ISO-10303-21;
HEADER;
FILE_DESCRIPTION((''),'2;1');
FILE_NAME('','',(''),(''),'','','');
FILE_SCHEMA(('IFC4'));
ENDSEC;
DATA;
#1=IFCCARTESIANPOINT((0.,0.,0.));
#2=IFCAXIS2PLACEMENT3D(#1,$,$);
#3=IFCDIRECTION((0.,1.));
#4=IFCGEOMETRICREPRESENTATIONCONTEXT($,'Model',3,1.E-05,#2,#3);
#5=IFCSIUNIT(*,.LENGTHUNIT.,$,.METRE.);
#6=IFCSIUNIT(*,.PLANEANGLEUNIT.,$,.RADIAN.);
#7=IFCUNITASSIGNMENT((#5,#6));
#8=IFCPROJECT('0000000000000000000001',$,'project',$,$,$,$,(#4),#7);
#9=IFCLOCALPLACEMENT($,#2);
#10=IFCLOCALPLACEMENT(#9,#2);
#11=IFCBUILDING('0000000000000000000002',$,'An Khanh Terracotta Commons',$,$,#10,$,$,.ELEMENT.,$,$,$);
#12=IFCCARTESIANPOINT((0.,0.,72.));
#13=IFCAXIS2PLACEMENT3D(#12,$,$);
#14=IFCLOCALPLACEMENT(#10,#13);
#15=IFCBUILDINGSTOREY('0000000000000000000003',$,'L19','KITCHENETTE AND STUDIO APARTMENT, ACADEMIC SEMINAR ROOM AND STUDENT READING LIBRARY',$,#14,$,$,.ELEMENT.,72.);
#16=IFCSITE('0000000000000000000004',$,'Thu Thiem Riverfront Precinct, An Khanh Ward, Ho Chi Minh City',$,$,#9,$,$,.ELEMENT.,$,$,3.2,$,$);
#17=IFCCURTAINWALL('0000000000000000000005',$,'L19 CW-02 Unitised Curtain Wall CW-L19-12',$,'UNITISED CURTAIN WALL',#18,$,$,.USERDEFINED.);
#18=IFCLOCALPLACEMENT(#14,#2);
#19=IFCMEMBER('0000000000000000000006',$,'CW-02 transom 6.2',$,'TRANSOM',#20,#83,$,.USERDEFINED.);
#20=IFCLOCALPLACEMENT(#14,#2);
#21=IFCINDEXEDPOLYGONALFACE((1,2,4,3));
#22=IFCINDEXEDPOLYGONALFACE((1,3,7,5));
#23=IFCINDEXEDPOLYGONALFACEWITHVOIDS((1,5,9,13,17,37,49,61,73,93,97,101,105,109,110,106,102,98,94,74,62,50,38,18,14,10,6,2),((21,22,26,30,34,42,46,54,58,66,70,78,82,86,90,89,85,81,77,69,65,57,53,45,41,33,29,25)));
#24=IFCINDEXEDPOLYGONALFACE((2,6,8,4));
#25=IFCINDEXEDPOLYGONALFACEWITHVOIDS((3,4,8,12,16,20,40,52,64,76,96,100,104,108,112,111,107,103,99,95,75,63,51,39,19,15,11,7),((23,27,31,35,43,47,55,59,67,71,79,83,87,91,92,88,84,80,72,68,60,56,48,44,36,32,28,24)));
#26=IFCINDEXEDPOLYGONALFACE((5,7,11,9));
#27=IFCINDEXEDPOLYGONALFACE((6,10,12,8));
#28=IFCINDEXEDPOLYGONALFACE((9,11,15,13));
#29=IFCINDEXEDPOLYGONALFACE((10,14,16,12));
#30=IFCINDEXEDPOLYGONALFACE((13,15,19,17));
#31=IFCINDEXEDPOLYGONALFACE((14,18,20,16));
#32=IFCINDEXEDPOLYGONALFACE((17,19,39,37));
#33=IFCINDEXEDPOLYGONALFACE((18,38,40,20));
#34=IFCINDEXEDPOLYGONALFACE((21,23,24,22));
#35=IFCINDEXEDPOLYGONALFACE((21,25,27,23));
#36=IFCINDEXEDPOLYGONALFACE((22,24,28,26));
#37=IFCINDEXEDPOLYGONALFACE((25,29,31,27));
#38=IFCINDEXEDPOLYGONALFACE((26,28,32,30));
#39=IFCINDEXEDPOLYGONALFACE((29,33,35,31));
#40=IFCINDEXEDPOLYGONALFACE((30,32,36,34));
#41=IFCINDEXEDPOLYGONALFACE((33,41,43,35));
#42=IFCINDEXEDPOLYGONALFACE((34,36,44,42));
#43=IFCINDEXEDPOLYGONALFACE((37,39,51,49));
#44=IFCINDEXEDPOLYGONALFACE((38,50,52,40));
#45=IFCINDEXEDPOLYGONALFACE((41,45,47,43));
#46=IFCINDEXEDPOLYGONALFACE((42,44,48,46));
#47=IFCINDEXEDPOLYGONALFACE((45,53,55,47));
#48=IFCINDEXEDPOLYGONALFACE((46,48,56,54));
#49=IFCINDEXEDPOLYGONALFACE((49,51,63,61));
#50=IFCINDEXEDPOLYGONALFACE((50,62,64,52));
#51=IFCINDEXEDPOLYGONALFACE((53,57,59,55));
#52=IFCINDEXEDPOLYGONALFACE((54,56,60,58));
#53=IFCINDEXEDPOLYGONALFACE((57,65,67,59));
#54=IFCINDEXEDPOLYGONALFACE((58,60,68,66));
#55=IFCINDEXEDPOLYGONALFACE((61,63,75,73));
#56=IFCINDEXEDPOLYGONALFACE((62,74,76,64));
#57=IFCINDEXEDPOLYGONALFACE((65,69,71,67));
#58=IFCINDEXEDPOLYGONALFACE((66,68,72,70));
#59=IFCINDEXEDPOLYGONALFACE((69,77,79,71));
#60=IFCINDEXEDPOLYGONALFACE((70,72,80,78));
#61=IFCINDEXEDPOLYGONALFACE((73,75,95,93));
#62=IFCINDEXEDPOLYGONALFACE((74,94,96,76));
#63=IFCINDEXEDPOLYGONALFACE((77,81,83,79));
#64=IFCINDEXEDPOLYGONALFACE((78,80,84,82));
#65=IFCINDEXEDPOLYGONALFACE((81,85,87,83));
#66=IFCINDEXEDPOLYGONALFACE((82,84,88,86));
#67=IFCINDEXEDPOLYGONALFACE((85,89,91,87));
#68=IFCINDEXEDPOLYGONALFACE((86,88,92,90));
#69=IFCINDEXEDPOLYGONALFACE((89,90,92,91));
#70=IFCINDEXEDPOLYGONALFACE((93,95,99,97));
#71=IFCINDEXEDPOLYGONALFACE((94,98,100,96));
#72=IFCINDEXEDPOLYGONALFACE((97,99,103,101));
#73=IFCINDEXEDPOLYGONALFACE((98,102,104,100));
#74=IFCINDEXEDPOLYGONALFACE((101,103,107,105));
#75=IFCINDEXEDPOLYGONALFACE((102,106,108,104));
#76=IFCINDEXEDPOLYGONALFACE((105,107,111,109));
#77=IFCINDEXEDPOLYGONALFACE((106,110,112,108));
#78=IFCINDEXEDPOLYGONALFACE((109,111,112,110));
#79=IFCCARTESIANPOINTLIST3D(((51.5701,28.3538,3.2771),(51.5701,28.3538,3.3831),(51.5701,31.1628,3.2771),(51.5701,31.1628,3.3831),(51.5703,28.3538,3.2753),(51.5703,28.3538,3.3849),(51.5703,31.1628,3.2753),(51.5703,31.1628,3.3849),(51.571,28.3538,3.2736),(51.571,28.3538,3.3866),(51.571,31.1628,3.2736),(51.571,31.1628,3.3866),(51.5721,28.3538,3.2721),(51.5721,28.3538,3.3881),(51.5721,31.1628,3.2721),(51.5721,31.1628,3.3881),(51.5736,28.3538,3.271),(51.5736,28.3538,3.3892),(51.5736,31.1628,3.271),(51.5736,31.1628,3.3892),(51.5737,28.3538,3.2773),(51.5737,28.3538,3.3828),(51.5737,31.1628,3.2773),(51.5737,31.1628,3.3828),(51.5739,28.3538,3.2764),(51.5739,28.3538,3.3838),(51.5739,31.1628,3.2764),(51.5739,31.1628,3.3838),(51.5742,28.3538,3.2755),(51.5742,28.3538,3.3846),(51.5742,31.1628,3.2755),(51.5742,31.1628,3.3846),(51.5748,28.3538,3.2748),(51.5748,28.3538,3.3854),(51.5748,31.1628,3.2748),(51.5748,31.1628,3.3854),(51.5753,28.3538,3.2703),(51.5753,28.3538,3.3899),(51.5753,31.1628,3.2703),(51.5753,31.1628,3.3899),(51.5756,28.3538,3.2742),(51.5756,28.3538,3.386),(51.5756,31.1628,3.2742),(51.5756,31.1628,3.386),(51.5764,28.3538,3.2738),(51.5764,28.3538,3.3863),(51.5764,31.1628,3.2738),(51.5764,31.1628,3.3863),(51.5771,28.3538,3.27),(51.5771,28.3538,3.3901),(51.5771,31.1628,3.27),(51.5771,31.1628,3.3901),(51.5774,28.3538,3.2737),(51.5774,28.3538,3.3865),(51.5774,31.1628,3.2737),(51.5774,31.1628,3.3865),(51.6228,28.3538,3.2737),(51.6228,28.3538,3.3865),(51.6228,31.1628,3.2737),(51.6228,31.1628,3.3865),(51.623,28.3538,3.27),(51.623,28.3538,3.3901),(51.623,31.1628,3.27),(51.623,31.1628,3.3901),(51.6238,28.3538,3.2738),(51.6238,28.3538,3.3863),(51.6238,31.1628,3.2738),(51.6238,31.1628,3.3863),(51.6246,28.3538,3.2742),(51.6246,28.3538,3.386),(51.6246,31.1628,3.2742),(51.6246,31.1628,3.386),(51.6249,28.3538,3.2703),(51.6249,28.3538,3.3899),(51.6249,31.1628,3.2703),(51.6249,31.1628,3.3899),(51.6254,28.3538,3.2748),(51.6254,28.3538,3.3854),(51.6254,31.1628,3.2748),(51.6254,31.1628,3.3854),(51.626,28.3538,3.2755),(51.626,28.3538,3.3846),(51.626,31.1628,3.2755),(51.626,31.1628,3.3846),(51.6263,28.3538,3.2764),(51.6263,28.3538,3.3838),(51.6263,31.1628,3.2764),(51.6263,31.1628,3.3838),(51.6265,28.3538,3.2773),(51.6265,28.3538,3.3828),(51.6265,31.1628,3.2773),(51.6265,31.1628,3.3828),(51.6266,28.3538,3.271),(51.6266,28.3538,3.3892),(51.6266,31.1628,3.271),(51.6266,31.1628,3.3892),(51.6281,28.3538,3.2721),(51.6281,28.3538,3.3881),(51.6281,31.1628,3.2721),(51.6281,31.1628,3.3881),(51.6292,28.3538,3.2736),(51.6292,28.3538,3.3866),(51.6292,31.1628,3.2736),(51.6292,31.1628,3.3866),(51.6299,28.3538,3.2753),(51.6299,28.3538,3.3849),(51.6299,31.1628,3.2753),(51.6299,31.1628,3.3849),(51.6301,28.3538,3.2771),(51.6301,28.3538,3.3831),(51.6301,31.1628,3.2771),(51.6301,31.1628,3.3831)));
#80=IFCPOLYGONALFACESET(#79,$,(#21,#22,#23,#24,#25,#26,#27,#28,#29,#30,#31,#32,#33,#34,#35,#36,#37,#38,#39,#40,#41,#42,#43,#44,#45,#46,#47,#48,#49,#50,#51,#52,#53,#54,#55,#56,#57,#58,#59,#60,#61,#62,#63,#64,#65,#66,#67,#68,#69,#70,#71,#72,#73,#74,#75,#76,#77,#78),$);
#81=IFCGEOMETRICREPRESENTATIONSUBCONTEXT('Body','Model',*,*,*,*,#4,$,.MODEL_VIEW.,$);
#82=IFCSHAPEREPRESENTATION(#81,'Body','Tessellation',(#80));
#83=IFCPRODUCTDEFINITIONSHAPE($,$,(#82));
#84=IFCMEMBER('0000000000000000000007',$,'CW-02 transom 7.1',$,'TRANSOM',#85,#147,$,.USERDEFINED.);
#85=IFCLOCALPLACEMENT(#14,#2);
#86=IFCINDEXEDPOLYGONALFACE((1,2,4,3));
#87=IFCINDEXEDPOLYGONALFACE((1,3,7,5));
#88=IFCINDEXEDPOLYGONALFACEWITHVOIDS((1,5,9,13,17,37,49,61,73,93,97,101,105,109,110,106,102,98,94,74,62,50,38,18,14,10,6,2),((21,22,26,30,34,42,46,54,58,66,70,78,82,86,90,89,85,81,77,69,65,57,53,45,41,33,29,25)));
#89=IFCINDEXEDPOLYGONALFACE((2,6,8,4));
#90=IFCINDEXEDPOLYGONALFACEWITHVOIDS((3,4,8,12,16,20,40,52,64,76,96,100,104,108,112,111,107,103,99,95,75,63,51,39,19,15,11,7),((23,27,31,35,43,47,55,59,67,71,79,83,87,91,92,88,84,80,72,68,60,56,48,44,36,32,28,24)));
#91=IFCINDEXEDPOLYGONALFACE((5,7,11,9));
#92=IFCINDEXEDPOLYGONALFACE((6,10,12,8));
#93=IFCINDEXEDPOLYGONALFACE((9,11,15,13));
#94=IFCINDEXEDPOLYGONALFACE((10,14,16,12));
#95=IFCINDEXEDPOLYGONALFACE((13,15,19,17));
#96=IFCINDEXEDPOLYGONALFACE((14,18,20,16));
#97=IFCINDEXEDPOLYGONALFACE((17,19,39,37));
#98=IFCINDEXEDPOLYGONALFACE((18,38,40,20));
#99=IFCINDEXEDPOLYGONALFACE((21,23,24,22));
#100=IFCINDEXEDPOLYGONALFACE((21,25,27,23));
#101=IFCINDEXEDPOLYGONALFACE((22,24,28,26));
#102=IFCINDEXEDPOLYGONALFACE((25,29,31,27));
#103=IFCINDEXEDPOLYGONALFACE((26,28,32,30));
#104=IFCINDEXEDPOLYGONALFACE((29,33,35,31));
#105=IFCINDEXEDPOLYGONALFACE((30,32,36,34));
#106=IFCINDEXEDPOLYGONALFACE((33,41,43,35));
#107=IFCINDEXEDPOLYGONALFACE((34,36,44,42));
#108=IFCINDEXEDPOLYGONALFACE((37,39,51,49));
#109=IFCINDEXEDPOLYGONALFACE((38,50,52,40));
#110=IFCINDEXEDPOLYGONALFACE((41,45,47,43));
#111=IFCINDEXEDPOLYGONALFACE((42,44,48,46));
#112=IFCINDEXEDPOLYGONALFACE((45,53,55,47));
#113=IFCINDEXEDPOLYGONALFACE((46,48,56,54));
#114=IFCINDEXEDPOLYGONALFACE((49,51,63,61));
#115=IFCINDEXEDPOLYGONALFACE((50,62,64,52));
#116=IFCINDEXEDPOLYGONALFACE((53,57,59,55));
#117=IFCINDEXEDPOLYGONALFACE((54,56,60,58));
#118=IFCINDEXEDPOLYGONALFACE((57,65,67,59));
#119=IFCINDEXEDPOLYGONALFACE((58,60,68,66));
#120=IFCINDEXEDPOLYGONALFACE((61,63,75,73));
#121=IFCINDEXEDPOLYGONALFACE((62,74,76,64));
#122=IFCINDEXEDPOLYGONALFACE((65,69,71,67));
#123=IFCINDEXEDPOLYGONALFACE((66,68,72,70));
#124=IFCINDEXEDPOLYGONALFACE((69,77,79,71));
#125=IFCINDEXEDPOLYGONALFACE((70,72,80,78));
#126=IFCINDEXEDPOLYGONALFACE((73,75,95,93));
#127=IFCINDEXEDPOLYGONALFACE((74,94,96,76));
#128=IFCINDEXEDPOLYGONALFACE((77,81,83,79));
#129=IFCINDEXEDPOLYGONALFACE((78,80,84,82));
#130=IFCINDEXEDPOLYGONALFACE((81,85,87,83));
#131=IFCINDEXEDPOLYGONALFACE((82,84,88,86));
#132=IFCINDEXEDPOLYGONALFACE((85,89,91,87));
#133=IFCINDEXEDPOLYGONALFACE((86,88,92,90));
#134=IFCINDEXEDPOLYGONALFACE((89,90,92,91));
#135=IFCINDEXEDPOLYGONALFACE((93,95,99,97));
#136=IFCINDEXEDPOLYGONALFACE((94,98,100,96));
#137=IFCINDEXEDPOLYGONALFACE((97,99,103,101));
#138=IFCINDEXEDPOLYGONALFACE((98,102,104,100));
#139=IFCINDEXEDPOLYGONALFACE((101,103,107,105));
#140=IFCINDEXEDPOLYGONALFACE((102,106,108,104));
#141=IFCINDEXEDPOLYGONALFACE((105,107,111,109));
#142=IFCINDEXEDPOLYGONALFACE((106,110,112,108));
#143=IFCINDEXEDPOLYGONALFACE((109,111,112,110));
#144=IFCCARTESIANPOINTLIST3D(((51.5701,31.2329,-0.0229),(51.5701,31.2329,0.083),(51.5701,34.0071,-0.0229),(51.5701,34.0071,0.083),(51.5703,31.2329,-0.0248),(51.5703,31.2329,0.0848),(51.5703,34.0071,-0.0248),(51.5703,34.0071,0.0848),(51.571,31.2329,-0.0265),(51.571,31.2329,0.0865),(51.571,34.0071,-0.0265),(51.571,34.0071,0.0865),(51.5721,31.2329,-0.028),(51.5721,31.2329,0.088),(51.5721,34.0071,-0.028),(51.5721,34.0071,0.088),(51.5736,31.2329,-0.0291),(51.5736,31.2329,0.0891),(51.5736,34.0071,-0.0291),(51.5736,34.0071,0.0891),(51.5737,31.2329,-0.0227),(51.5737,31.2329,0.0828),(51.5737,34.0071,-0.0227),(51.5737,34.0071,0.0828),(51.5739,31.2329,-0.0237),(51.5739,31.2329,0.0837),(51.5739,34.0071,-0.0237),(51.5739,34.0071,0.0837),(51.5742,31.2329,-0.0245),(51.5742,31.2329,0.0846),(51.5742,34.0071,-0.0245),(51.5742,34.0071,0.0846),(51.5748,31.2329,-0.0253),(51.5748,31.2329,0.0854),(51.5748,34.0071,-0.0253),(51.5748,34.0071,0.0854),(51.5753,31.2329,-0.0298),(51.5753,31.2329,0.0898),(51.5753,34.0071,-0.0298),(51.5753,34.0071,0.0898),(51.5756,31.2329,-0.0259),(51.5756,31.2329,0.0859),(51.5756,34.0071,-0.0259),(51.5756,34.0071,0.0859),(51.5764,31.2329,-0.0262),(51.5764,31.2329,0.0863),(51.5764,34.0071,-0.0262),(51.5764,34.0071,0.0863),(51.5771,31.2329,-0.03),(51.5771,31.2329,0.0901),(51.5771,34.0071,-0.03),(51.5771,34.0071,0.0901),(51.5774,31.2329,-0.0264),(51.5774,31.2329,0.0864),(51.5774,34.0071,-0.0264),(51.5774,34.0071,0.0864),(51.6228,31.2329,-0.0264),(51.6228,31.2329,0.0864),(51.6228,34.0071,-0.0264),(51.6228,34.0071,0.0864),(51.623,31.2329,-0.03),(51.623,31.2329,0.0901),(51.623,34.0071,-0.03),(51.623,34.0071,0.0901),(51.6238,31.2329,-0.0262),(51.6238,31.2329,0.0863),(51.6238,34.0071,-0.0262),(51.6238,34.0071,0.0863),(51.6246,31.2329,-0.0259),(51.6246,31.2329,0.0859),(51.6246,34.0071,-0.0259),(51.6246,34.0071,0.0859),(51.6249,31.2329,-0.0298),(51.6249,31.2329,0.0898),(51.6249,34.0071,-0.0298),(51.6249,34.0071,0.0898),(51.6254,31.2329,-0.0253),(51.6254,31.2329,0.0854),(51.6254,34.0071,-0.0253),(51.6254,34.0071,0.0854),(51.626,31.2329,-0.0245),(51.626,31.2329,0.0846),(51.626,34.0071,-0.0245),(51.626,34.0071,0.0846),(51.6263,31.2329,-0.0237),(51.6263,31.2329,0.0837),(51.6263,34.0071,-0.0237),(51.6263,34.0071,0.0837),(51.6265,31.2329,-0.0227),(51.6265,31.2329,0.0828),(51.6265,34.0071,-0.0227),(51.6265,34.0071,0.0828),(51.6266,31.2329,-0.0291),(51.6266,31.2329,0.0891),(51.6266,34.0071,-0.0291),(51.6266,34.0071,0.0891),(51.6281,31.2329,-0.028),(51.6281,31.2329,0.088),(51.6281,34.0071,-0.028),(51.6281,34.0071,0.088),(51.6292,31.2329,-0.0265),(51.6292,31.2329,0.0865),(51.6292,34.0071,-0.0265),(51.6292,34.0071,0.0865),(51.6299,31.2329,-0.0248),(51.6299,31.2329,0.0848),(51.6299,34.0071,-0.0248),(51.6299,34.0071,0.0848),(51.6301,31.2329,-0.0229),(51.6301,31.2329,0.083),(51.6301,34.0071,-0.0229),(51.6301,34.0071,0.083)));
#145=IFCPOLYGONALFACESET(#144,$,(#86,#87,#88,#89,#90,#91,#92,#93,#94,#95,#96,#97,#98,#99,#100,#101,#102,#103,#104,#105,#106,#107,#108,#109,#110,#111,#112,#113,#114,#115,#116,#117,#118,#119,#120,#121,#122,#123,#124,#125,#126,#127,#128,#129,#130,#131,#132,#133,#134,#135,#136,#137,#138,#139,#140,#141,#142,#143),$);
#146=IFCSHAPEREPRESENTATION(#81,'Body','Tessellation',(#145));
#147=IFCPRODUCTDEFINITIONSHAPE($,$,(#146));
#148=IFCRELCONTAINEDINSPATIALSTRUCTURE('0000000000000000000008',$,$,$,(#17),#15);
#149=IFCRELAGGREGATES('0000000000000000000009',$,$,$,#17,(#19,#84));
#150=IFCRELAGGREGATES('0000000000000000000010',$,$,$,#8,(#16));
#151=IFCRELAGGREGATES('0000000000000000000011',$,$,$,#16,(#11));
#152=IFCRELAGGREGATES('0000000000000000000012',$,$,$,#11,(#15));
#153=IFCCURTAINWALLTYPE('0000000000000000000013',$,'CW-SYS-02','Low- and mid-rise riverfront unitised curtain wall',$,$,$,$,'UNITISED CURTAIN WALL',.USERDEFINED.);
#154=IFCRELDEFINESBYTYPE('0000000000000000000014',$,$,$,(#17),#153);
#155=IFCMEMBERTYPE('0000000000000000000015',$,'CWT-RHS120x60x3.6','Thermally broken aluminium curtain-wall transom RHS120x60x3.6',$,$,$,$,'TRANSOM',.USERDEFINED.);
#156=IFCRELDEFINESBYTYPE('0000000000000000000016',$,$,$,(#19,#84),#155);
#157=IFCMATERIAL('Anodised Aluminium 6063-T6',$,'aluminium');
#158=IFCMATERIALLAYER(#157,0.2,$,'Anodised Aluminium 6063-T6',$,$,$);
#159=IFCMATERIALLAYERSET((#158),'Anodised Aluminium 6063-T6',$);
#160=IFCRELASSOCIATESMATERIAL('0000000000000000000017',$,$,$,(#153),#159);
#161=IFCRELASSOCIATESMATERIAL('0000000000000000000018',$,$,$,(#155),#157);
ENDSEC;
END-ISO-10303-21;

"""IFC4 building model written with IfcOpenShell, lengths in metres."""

from ifc_helpers import new_model, si_unit, direction, frame, origin, origin_2d, place, context, subcontext, project, spatial, hollow_rectangle, extrude, material, layer, layer_set, material_profile, profile_set, type_object, element, aggregate, save


model = new_model("IFC4")

# Units and contexts
model_context = context("Model", 3, precision=1e-05, world=origin(), true_north=direction((0.0, 1.0)))
body_context = subcontext(model_context, "Body", "Model", "MODEL_VIEW")
ifc_project = project(units=[si_unit("LENGTHUNIT", "METRE"), si_unit("PLANEANGLEUNIT", "RADIAN")], contexts=[model_context])

# Site, building, storey
site_placement = place(None, origin())
site = spatial("IfcSite", under=ifc_project, at=site_placement, Name="Thu Thiem Riverfront Precinct, An Khanh Ward, Ho Chi Minh City", CompositionType="ELEMENT", RefElevation=3.2)
building_placement = place(site_placement, origin())
building = spatial("IfcBuilding", under=site, at=building_placement, Name="An Khanh Terracotta Commons", CompositionType="ELEMENT")
storey_placement = place(building_placement, frame((0.0, 0.0, 72.0)))
storey = spatial("IfcBuildingStorey", under=building, at=storey_placement, Name="L19", Description="KITCHENETTE AND STUDIO APARTMENT, ACADEMIC SEMINAR ROOM AND STUDENT READING LIBRARY", CompositionType="ELEMENT", Elevation=72.0)

# Curtain wall, members
ifc_material_1 = material(Name="Anodised Aluminium 6063-T6", Category="aluminium")
ifc_layer_1 = layer(ifc_material_1, 0.2, Name="Anodised Aluminium 6063-T6")
ifc_layer_set_1 = layer_set([ifc_layer_1], Name="Anodised Aluminium 6063-T6")
curtain_wall_type = type_object("IfcCurtainWallType", Name="CW-SYS-02", Description="Low- and mid-rise riverfront unitised curtain wall", ElementType="UNITISED CURTAIN WALL", PredefinedType="USERDEFINED", material=ifc_layer_set_1)
curtain_wall_placement = place(storey_placement, origin())
curtain_wall = element("IfcCurtainWall", 1, at=curtain_wall_placement, inside=storey, type_object=curtain_wall_type, Name="L19 CW-02 Unitised Curtain Wall CW-L19-12", ObjectType="UNITISED CURTAIN WALL", PredefinedType="USERDEFINED")
ifc_material_profile_1 = material_profile(ifc_material_1, hollow_rectangle(XDim=0.0601, YDim=0.1201, WallThickness=0.0037, InnerFilletRadius=0.0037, OuterFilletRadius=0.0071, at=origin_2d()), Name="RHS120x60x3.6")
ifc_profile_set_1 = profile_set([ifc_material_profile_1], Name="Anodised Aluminium 6063-T6")
member_type_1 = type_object("IfcMemberType", Name="CWT-RHS120x60x3.6", Description="Thermally broken aluminium curtain-wall transom RHS120x60x3.6", ElementType="TRANSOM", PredefinedType="USERDEFINED", material=ifc_profile_set_1)
member_1_placement = place(storey_placement, frame((51.6001, 28.3538, 3.3301), z_axis=(0.0, 1.0, 0.0), x_axis=(-1.0, 0.0, 0.0)))
member_1 = element("IfcMember", 2, at=member_1_placement, type_object=member_type_1, Name="CW-02 transom 6.2", ObjectType="TRANSOM", PredefinedType="USERDEFINED", context=body_context, shape_type="SweptSolid", body=[
    extrude(hollow_rectangle(XDim=0.0601, YDim=0.1201, WallThickness=0.0037, InnerFilletRadius=0.0037, OuterFilletRadius=0.0071, at=origin_2d()), origin(), (0.0, 0.0, 1.0), 2.8091),
])
member_2_placement = place(storey_placement, frame((51.6001, 31.2329, 0.03), z_axis=(0.0, 1.0, 0.0), x_axis=(-1.0, 0.0, 0.0)))
member_2 = element("IfcMember", 3, at=member_2_placement, type_object=member_type_1, Name="CW-02 transom 7.1", ObjectType="TRANSOM", PredefinedType="USERDEFINED", context=body_context, shape_type="SweptSolid", body=[
    extrude(hollow_rectangle(XDim=0.0601, YDim=0.1201, WallThickness=0.0037, InnerFilletRadius=0.0037, OuterFilletRadius=0.0071, at=origin_2d()), origin(), (0.0, 0.0, 1.0), 2.7742),
])
aggregate(curtain_wall, [member_1, member_2])

save(model, "model.ifc")
